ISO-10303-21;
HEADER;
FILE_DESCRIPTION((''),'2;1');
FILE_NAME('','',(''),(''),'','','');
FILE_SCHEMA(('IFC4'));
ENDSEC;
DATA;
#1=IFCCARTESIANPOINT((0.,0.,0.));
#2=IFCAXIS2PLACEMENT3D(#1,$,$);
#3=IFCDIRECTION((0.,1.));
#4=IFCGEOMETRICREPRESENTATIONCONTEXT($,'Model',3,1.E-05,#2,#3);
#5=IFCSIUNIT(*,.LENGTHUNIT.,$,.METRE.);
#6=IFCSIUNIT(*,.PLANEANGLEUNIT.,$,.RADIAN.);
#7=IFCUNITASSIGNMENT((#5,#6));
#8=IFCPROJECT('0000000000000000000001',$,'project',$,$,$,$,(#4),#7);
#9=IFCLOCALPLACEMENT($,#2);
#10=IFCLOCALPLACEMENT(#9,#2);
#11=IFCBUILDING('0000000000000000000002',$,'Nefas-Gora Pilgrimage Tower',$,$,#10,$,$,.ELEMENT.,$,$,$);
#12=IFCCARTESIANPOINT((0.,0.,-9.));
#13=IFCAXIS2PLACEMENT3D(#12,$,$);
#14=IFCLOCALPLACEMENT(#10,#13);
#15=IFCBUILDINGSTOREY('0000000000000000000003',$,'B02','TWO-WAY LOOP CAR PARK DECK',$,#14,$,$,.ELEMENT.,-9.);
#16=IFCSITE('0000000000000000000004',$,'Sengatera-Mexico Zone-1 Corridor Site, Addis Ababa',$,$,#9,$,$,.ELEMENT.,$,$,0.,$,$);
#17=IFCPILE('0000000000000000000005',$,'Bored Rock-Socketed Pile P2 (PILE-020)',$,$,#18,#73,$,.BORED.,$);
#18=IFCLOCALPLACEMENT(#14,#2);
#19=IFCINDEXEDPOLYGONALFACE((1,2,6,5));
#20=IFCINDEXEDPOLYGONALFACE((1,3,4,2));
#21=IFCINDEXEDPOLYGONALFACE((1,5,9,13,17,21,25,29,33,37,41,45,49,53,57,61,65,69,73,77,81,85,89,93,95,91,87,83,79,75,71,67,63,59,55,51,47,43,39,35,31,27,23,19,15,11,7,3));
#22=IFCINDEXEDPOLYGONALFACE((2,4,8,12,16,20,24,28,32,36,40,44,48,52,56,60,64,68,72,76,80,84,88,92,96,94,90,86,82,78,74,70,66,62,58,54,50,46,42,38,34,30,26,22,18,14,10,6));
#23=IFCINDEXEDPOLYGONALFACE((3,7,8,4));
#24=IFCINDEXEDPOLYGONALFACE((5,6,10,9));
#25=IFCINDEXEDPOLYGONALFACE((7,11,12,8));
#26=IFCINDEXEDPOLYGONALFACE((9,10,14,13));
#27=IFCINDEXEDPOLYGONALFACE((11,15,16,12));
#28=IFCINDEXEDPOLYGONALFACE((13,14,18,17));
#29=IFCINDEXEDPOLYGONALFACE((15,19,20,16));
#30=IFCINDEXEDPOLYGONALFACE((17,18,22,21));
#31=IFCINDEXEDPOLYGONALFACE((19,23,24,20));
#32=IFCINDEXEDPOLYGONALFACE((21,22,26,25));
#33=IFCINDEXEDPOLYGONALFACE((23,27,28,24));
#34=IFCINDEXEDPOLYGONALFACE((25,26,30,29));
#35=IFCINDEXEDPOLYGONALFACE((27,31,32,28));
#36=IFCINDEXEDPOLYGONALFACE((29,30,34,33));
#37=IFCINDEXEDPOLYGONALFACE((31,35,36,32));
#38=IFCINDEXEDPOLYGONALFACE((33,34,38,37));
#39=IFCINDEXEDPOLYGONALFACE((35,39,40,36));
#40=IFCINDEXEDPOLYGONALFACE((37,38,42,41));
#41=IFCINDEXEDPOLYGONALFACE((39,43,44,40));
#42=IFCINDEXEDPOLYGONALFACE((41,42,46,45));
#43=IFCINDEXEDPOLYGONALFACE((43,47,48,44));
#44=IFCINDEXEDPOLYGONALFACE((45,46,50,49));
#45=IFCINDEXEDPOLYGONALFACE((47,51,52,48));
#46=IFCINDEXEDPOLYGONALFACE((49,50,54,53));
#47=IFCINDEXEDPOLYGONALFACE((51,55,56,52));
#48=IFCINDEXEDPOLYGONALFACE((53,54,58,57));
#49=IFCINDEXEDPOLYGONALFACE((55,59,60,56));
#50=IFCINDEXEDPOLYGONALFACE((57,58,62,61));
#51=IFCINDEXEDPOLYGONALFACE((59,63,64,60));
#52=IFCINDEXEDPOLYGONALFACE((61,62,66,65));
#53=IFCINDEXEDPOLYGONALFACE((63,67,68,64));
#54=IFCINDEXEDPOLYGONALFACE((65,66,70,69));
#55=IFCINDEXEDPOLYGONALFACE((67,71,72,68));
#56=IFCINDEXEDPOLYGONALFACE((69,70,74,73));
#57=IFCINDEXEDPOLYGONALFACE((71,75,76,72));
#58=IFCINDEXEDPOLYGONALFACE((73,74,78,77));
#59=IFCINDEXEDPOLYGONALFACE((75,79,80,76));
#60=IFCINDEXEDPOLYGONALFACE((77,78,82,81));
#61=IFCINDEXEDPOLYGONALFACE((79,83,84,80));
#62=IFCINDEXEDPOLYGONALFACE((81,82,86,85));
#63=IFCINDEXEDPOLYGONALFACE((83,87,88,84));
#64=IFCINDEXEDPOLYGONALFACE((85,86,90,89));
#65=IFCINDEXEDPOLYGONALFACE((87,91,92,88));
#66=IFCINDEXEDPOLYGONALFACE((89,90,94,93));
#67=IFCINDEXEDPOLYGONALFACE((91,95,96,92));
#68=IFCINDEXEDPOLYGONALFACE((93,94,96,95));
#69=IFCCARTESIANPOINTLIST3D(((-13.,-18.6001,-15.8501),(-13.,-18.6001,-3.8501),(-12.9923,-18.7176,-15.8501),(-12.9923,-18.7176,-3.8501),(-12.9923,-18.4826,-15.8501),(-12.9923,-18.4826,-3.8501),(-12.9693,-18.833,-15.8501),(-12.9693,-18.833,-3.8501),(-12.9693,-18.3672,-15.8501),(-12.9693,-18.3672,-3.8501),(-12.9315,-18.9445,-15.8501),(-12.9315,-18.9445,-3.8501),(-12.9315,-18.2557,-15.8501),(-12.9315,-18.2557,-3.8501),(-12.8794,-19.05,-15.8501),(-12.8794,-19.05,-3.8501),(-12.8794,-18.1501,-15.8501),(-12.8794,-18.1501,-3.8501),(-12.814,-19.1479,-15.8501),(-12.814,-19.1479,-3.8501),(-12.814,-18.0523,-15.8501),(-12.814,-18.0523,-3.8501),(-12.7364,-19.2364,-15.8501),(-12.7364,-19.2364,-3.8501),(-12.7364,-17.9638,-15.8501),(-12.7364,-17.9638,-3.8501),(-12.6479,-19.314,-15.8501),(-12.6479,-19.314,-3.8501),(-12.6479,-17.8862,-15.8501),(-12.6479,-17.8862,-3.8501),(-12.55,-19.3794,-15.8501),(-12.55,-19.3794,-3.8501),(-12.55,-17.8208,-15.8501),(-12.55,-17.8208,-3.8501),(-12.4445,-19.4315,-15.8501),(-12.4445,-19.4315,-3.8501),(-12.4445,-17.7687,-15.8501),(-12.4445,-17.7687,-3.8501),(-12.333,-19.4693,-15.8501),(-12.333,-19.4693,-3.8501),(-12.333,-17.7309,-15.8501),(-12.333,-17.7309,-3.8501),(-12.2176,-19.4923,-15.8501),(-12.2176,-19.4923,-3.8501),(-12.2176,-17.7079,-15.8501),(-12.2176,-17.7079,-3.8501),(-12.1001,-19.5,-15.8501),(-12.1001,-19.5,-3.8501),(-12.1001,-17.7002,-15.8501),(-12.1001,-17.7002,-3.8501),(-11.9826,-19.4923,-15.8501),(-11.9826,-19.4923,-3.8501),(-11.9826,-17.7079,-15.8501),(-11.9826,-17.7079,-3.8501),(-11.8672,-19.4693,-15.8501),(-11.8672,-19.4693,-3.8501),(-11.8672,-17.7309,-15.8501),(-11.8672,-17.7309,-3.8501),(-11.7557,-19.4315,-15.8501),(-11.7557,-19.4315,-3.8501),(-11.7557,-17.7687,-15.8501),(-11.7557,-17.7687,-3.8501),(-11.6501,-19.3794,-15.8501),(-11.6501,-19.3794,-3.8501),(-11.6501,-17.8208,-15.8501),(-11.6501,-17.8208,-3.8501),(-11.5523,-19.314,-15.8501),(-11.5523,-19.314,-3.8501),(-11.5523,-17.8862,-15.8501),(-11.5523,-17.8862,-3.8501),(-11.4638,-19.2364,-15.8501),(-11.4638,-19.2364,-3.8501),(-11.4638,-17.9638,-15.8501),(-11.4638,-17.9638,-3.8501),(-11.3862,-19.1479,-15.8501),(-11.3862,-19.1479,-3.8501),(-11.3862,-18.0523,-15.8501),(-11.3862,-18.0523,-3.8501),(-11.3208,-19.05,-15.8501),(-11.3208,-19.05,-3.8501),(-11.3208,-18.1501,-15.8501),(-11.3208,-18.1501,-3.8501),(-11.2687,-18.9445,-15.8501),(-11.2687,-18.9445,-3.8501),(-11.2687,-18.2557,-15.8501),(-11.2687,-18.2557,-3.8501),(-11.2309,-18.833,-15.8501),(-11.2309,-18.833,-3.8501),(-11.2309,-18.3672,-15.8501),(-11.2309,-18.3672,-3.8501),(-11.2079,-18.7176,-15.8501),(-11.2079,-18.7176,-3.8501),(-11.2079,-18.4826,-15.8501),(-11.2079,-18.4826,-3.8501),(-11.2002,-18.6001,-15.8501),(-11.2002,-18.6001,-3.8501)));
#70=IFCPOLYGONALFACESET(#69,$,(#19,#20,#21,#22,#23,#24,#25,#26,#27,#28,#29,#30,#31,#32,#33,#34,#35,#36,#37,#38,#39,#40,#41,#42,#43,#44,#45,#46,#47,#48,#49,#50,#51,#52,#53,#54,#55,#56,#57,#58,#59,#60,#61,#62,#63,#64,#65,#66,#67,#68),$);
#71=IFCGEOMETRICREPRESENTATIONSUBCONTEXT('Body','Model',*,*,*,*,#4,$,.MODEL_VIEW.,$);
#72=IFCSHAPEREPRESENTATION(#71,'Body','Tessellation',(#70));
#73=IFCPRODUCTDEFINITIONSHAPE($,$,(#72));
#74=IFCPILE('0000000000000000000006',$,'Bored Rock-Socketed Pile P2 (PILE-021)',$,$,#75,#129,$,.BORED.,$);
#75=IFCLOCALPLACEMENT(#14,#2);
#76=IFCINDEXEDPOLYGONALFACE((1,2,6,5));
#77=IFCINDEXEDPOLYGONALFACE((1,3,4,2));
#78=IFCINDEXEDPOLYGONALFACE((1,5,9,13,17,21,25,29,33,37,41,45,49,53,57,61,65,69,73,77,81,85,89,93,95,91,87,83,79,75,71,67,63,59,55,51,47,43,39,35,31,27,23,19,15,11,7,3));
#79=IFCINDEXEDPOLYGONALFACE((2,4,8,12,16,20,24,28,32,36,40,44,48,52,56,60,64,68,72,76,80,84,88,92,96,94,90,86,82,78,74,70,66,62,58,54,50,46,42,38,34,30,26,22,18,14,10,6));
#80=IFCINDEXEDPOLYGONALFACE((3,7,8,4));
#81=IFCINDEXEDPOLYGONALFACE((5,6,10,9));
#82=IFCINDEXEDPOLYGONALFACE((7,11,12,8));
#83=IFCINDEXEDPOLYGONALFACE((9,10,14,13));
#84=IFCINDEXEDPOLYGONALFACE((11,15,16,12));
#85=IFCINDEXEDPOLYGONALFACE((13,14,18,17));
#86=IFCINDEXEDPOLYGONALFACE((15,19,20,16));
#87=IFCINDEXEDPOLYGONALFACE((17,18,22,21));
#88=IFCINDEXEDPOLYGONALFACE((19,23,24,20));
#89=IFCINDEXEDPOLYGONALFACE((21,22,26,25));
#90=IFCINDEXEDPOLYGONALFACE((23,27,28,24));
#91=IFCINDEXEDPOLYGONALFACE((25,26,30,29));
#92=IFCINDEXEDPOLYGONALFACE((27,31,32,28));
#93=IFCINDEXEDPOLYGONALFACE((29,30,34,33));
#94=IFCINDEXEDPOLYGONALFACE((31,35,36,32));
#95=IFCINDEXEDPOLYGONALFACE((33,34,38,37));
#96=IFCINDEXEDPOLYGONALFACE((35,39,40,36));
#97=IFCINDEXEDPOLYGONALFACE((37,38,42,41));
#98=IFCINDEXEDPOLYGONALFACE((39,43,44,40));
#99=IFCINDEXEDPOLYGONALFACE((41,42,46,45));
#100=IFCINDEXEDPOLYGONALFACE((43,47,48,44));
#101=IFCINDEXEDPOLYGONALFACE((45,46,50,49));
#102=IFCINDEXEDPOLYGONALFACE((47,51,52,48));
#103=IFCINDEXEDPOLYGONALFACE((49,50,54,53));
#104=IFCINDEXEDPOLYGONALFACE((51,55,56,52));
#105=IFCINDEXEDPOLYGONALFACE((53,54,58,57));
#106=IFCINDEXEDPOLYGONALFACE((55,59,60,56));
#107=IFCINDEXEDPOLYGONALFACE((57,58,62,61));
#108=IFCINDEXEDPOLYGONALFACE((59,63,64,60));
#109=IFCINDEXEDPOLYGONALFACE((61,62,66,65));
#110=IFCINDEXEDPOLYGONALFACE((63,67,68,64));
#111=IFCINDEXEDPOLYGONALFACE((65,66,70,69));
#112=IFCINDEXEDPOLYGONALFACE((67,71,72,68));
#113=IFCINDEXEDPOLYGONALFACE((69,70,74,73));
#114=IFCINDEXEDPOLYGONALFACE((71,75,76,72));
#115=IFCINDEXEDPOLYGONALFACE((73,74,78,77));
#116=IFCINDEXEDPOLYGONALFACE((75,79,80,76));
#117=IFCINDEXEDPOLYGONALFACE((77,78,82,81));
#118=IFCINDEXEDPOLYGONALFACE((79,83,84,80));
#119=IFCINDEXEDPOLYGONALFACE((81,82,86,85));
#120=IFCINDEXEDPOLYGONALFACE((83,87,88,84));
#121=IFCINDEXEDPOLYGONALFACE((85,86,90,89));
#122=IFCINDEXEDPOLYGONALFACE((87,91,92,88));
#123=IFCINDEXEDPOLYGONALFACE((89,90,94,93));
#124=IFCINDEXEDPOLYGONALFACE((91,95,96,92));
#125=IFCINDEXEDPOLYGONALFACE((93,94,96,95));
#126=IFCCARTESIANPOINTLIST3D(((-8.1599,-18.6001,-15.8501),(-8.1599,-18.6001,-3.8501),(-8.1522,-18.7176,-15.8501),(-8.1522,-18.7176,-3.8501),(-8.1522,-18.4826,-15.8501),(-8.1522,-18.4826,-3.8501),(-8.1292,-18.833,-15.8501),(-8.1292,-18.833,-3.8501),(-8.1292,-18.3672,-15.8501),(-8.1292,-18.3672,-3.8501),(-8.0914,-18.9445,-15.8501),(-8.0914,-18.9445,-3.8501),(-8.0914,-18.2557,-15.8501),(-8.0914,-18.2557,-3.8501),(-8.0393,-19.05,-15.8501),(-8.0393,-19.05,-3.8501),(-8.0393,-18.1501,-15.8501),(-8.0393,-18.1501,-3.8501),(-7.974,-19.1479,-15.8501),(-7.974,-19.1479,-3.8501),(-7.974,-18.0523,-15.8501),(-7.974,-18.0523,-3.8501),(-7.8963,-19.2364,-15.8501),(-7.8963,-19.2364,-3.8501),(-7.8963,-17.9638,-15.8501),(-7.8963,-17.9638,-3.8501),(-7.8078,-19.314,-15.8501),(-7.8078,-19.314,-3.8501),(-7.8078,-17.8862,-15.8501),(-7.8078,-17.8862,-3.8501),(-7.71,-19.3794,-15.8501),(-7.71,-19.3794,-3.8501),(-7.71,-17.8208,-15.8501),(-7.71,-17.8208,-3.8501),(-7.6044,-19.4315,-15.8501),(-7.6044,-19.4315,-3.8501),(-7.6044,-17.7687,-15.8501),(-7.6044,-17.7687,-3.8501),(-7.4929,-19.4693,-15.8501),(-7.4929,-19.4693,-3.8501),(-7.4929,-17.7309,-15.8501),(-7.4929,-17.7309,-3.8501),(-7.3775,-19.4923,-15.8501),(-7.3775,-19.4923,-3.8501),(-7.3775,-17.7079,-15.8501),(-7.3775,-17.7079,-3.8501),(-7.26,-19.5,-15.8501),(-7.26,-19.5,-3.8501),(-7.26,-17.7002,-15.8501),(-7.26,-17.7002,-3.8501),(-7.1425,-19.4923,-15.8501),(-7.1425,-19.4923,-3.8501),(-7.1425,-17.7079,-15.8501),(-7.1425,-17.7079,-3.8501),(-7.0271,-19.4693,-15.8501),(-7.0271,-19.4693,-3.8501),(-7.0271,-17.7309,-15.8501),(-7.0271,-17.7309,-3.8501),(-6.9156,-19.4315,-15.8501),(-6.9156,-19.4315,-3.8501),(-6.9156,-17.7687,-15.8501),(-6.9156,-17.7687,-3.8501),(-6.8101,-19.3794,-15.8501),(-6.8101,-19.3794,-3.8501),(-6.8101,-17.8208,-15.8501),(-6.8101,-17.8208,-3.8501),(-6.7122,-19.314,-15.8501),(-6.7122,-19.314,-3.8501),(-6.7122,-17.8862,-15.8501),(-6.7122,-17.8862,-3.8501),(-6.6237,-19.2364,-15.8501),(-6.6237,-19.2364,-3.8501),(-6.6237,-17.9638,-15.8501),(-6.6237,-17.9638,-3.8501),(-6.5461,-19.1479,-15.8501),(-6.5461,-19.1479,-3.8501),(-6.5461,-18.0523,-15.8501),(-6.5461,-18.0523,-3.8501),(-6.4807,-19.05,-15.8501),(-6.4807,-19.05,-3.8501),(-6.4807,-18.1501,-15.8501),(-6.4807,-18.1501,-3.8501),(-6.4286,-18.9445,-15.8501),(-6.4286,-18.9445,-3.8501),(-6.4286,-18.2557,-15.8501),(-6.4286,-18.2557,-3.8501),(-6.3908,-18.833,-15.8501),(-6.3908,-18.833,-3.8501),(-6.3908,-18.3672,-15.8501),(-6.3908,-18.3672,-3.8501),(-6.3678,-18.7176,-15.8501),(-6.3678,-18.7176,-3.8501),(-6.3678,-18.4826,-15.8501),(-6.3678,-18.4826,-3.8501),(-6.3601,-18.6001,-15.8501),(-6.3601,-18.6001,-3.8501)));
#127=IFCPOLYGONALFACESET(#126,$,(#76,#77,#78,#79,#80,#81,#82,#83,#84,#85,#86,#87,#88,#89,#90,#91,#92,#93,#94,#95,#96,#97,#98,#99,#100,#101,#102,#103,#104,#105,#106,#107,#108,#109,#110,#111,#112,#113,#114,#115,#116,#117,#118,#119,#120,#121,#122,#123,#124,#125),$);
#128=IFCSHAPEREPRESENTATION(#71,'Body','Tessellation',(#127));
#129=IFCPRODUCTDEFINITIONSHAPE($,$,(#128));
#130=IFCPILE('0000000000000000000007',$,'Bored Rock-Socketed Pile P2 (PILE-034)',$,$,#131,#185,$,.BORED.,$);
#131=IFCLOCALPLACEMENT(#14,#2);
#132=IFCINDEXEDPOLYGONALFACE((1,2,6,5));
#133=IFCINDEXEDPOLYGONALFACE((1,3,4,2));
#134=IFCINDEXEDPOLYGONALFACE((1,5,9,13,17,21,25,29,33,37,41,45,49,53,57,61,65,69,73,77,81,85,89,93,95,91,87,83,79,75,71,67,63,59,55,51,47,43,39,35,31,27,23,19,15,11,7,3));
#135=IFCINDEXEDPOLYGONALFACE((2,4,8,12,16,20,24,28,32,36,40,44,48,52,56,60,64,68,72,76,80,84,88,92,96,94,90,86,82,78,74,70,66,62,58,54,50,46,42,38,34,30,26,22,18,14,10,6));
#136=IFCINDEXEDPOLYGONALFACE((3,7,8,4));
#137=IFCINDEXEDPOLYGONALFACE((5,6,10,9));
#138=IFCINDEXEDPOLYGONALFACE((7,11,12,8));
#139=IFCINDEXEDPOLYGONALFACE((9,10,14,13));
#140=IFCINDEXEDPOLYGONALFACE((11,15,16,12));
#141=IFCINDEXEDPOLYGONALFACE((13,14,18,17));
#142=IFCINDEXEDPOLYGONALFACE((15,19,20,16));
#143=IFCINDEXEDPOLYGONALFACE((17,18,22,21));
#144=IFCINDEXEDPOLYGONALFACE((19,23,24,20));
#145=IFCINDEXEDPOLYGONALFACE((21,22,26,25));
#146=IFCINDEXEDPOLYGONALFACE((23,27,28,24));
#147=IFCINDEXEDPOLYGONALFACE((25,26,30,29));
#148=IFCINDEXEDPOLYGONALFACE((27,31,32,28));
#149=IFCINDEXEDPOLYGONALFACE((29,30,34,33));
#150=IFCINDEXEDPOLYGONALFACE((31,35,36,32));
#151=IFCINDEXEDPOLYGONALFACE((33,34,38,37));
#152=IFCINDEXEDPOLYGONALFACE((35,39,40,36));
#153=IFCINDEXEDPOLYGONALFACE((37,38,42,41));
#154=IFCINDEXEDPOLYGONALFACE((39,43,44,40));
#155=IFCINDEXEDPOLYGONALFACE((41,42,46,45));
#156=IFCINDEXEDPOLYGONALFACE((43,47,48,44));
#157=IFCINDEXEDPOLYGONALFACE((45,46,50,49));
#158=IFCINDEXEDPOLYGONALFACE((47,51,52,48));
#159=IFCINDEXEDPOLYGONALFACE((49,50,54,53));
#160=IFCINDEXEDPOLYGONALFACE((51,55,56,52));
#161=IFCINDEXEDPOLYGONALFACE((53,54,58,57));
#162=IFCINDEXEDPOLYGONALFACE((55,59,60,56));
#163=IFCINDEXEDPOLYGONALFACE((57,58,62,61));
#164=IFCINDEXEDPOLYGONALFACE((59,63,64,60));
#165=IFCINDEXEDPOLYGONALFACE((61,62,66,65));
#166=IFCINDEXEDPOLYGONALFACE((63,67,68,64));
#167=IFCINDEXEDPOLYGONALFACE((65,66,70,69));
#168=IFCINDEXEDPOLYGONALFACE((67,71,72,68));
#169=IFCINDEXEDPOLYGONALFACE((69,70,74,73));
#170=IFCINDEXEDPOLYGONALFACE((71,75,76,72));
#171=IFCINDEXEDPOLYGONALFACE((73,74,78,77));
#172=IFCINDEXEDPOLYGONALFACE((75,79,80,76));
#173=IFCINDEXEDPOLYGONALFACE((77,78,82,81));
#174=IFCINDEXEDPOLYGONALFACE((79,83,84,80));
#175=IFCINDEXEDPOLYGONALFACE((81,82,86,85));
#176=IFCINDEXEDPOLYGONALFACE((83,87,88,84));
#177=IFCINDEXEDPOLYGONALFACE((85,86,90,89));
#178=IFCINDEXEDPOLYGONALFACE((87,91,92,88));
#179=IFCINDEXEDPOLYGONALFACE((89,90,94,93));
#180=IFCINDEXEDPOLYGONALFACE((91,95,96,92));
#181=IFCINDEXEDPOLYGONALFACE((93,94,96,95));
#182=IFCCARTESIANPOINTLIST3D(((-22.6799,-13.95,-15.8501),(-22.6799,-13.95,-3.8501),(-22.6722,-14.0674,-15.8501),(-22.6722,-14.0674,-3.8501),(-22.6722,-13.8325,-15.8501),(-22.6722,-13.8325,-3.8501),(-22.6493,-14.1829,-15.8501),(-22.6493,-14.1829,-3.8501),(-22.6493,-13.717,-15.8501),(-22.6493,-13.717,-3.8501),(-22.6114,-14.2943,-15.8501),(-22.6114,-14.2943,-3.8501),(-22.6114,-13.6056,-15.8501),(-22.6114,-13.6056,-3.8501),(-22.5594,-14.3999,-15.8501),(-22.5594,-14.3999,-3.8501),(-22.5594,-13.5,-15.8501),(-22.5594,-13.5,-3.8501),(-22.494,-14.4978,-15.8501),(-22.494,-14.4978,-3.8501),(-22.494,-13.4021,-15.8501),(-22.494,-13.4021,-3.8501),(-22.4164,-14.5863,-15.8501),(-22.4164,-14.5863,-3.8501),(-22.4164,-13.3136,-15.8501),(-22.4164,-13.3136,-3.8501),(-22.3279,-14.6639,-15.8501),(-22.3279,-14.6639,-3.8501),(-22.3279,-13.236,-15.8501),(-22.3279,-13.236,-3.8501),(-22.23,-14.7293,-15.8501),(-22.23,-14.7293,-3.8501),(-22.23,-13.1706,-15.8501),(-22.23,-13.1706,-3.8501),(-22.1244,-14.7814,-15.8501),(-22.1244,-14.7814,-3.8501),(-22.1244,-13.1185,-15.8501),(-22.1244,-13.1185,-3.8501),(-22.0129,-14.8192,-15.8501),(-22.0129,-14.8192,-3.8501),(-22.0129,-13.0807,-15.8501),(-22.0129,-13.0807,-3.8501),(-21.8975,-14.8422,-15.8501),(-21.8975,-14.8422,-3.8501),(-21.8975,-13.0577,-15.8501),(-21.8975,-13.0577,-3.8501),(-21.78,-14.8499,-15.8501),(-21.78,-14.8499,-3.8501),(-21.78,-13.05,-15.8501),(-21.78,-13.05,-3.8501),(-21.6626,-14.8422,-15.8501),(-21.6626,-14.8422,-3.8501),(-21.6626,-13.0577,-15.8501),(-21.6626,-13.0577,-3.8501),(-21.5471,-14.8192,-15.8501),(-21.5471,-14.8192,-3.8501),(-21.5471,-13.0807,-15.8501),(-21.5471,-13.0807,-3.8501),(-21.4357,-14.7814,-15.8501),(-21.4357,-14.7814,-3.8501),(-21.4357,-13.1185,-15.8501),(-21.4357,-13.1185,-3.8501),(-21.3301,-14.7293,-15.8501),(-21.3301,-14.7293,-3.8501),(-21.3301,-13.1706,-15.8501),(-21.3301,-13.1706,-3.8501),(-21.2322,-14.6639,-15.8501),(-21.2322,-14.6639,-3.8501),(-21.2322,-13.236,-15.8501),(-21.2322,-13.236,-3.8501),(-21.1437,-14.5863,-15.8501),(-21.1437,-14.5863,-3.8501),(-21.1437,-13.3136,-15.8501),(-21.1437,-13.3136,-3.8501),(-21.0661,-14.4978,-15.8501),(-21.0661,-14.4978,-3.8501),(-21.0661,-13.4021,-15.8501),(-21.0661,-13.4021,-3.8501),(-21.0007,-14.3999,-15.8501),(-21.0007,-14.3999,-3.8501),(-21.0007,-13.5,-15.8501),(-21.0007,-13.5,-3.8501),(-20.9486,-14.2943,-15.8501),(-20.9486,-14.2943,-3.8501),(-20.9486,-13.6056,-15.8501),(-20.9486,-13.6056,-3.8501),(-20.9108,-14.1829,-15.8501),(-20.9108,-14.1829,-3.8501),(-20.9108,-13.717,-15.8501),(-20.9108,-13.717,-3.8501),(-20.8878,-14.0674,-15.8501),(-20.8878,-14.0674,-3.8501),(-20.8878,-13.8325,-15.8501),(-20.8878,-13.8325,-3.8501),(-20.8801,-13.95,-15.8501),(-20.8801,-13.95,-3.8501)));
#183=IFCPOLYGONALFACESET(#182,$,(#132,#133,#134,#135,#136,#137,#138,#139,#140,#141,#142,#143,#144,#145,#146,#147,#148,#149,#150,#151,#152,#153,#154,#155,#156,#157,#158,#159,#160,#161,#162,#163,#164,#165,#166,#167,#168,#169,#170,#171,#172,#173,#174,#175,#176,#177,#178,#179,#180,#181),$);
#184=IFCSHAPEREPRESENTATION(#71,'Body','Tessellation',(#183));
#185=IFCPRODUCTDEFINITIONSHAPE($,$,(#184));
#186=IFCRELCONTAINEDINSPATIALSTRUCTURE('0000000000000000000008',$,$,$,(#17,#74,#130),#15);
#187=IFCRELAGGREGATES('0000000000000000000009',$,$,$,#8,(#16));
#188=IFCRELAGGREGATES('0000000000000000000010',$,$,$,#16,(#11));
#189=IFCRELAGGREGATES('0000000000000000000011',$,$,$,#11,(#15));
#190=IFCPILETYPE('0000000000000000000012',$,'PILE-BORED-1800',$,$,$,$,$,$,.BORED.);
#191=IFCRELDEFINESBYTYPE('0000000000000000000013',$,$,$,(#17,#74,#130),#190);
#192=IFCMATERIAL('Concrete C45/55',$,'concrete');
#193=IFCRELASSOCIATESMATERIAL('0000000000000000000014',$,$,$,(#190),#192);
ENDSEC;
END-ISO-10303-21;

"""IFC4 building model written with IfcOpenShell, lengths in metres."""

from ifc_helpers import new_model, si_unit, direction, frame, origin, origin_2d, place, context, subcontext, project, spatial, circle, extrude, source, transform, mapped, material, material_profile, profile_set, type_object, element, save


model = new_model("IFC4")

# Units and contexts
model_context = context("Model", 3, precision=1e-05, world=origin(), true_north=direction((0.0, 1.0)))
body_context = subcontext(model_context, "Body", "Model", "MODEL_VIEW")
ifc_project = project(units=[si_unit("LENGTHUNIT", "METRE"), si_unit("PLANEANGLEUNIT", "RADIAN")], contexts=[model_context])

# Site, building, storey
site_placement = place(None, origin())
site = spatial("IfcSite", under=ifc_project, at=site_placement, Name="Sengatera-Mexico Zone-1 Corridor Site, Addis Ababa", CompositionType="ELEMENT", RefElevation=0.0)
building_placement = place(site_placement, origin())
building = spatial("IfcBuilding", under=site, at=building_placement, Name="Nefas-Gora Pilgrimage Tower", CompositionType="ELEMENT")
storey_placement = place(building_placement, frame((0.0, 0.0, -9.0)))
storey = spatial("IfcBuildingStorey", under=building, at=storey_placement, Name="B02", Description="TWO-WAY LOOP CAR PARK DECK", CompositionType="ELEMENT", Elevation=-9.0)

# Piles
ifc_material_1 = material(Name="Concrete C45/55", Category="concrete")
ifc_material_profile_1 = material_profile(ifc_material_1, circle(Radius=0.8999, at=origin_2d()), Name="PILE D1800")
ifc_profile_set_1 = profile_set([ifc_material_profile_1], Name="Concrete C45/55")
pile_type_1 = type_object("IfcPileType", Name="PILE-BORED-1800", PredefinedType="BORED", material=ifc_profile_set_1)
shared_shape_1 = source(origin(), body_context, "Body", "SweptSolid", [
    extrude(circle(Radius=0.8999, at=origin_2d()), origin(), (0.0, 0.0, 1.0), 12.0),
])
for number, where, z_axis, x_axis, name in (
    (1, (-12.1001, -18.6001, -3.8501), (0.0, 0.0, -1.0), (1.0, 0.0, 0.0), "Bored Rock-Socketed Pile P2 (PILE-020)"),
    (2, (-7.26, -18.6001, -3.8501), (0.0, 0.0, -1.0), (1.0, 0.0, 0.0), "Bored Rock-Socketed Pile P2 (PILE-021)"),
    (3, (-21.78, -13.95, -3.8501), (0.0, 0.0, -1.0), (1.0, 0.0, 0.0), "Bored Rock-Socketed Pile P2 (PILE-034)"),
):
    element("IfcPile", number, at=place(storey_placement, frame(where, z_axis=z_axis, x_axis=x_axis)), inside=storey, type_object=pile_type_1, Name=name, PredefinedType="BORED", context=body_context, shape_type="MappedRepresentation", body=[
        mapped(shared_shape_1, transform((0.0, 0.0, 0.0), x_axis=(1.0, 0.0, 0.0), y_axis=(0.0, 1.0, 0.0), z_axis=(0.0, 0.0, 1.0), scale=1.0)),
    ])

save(model, "model.ifc")
